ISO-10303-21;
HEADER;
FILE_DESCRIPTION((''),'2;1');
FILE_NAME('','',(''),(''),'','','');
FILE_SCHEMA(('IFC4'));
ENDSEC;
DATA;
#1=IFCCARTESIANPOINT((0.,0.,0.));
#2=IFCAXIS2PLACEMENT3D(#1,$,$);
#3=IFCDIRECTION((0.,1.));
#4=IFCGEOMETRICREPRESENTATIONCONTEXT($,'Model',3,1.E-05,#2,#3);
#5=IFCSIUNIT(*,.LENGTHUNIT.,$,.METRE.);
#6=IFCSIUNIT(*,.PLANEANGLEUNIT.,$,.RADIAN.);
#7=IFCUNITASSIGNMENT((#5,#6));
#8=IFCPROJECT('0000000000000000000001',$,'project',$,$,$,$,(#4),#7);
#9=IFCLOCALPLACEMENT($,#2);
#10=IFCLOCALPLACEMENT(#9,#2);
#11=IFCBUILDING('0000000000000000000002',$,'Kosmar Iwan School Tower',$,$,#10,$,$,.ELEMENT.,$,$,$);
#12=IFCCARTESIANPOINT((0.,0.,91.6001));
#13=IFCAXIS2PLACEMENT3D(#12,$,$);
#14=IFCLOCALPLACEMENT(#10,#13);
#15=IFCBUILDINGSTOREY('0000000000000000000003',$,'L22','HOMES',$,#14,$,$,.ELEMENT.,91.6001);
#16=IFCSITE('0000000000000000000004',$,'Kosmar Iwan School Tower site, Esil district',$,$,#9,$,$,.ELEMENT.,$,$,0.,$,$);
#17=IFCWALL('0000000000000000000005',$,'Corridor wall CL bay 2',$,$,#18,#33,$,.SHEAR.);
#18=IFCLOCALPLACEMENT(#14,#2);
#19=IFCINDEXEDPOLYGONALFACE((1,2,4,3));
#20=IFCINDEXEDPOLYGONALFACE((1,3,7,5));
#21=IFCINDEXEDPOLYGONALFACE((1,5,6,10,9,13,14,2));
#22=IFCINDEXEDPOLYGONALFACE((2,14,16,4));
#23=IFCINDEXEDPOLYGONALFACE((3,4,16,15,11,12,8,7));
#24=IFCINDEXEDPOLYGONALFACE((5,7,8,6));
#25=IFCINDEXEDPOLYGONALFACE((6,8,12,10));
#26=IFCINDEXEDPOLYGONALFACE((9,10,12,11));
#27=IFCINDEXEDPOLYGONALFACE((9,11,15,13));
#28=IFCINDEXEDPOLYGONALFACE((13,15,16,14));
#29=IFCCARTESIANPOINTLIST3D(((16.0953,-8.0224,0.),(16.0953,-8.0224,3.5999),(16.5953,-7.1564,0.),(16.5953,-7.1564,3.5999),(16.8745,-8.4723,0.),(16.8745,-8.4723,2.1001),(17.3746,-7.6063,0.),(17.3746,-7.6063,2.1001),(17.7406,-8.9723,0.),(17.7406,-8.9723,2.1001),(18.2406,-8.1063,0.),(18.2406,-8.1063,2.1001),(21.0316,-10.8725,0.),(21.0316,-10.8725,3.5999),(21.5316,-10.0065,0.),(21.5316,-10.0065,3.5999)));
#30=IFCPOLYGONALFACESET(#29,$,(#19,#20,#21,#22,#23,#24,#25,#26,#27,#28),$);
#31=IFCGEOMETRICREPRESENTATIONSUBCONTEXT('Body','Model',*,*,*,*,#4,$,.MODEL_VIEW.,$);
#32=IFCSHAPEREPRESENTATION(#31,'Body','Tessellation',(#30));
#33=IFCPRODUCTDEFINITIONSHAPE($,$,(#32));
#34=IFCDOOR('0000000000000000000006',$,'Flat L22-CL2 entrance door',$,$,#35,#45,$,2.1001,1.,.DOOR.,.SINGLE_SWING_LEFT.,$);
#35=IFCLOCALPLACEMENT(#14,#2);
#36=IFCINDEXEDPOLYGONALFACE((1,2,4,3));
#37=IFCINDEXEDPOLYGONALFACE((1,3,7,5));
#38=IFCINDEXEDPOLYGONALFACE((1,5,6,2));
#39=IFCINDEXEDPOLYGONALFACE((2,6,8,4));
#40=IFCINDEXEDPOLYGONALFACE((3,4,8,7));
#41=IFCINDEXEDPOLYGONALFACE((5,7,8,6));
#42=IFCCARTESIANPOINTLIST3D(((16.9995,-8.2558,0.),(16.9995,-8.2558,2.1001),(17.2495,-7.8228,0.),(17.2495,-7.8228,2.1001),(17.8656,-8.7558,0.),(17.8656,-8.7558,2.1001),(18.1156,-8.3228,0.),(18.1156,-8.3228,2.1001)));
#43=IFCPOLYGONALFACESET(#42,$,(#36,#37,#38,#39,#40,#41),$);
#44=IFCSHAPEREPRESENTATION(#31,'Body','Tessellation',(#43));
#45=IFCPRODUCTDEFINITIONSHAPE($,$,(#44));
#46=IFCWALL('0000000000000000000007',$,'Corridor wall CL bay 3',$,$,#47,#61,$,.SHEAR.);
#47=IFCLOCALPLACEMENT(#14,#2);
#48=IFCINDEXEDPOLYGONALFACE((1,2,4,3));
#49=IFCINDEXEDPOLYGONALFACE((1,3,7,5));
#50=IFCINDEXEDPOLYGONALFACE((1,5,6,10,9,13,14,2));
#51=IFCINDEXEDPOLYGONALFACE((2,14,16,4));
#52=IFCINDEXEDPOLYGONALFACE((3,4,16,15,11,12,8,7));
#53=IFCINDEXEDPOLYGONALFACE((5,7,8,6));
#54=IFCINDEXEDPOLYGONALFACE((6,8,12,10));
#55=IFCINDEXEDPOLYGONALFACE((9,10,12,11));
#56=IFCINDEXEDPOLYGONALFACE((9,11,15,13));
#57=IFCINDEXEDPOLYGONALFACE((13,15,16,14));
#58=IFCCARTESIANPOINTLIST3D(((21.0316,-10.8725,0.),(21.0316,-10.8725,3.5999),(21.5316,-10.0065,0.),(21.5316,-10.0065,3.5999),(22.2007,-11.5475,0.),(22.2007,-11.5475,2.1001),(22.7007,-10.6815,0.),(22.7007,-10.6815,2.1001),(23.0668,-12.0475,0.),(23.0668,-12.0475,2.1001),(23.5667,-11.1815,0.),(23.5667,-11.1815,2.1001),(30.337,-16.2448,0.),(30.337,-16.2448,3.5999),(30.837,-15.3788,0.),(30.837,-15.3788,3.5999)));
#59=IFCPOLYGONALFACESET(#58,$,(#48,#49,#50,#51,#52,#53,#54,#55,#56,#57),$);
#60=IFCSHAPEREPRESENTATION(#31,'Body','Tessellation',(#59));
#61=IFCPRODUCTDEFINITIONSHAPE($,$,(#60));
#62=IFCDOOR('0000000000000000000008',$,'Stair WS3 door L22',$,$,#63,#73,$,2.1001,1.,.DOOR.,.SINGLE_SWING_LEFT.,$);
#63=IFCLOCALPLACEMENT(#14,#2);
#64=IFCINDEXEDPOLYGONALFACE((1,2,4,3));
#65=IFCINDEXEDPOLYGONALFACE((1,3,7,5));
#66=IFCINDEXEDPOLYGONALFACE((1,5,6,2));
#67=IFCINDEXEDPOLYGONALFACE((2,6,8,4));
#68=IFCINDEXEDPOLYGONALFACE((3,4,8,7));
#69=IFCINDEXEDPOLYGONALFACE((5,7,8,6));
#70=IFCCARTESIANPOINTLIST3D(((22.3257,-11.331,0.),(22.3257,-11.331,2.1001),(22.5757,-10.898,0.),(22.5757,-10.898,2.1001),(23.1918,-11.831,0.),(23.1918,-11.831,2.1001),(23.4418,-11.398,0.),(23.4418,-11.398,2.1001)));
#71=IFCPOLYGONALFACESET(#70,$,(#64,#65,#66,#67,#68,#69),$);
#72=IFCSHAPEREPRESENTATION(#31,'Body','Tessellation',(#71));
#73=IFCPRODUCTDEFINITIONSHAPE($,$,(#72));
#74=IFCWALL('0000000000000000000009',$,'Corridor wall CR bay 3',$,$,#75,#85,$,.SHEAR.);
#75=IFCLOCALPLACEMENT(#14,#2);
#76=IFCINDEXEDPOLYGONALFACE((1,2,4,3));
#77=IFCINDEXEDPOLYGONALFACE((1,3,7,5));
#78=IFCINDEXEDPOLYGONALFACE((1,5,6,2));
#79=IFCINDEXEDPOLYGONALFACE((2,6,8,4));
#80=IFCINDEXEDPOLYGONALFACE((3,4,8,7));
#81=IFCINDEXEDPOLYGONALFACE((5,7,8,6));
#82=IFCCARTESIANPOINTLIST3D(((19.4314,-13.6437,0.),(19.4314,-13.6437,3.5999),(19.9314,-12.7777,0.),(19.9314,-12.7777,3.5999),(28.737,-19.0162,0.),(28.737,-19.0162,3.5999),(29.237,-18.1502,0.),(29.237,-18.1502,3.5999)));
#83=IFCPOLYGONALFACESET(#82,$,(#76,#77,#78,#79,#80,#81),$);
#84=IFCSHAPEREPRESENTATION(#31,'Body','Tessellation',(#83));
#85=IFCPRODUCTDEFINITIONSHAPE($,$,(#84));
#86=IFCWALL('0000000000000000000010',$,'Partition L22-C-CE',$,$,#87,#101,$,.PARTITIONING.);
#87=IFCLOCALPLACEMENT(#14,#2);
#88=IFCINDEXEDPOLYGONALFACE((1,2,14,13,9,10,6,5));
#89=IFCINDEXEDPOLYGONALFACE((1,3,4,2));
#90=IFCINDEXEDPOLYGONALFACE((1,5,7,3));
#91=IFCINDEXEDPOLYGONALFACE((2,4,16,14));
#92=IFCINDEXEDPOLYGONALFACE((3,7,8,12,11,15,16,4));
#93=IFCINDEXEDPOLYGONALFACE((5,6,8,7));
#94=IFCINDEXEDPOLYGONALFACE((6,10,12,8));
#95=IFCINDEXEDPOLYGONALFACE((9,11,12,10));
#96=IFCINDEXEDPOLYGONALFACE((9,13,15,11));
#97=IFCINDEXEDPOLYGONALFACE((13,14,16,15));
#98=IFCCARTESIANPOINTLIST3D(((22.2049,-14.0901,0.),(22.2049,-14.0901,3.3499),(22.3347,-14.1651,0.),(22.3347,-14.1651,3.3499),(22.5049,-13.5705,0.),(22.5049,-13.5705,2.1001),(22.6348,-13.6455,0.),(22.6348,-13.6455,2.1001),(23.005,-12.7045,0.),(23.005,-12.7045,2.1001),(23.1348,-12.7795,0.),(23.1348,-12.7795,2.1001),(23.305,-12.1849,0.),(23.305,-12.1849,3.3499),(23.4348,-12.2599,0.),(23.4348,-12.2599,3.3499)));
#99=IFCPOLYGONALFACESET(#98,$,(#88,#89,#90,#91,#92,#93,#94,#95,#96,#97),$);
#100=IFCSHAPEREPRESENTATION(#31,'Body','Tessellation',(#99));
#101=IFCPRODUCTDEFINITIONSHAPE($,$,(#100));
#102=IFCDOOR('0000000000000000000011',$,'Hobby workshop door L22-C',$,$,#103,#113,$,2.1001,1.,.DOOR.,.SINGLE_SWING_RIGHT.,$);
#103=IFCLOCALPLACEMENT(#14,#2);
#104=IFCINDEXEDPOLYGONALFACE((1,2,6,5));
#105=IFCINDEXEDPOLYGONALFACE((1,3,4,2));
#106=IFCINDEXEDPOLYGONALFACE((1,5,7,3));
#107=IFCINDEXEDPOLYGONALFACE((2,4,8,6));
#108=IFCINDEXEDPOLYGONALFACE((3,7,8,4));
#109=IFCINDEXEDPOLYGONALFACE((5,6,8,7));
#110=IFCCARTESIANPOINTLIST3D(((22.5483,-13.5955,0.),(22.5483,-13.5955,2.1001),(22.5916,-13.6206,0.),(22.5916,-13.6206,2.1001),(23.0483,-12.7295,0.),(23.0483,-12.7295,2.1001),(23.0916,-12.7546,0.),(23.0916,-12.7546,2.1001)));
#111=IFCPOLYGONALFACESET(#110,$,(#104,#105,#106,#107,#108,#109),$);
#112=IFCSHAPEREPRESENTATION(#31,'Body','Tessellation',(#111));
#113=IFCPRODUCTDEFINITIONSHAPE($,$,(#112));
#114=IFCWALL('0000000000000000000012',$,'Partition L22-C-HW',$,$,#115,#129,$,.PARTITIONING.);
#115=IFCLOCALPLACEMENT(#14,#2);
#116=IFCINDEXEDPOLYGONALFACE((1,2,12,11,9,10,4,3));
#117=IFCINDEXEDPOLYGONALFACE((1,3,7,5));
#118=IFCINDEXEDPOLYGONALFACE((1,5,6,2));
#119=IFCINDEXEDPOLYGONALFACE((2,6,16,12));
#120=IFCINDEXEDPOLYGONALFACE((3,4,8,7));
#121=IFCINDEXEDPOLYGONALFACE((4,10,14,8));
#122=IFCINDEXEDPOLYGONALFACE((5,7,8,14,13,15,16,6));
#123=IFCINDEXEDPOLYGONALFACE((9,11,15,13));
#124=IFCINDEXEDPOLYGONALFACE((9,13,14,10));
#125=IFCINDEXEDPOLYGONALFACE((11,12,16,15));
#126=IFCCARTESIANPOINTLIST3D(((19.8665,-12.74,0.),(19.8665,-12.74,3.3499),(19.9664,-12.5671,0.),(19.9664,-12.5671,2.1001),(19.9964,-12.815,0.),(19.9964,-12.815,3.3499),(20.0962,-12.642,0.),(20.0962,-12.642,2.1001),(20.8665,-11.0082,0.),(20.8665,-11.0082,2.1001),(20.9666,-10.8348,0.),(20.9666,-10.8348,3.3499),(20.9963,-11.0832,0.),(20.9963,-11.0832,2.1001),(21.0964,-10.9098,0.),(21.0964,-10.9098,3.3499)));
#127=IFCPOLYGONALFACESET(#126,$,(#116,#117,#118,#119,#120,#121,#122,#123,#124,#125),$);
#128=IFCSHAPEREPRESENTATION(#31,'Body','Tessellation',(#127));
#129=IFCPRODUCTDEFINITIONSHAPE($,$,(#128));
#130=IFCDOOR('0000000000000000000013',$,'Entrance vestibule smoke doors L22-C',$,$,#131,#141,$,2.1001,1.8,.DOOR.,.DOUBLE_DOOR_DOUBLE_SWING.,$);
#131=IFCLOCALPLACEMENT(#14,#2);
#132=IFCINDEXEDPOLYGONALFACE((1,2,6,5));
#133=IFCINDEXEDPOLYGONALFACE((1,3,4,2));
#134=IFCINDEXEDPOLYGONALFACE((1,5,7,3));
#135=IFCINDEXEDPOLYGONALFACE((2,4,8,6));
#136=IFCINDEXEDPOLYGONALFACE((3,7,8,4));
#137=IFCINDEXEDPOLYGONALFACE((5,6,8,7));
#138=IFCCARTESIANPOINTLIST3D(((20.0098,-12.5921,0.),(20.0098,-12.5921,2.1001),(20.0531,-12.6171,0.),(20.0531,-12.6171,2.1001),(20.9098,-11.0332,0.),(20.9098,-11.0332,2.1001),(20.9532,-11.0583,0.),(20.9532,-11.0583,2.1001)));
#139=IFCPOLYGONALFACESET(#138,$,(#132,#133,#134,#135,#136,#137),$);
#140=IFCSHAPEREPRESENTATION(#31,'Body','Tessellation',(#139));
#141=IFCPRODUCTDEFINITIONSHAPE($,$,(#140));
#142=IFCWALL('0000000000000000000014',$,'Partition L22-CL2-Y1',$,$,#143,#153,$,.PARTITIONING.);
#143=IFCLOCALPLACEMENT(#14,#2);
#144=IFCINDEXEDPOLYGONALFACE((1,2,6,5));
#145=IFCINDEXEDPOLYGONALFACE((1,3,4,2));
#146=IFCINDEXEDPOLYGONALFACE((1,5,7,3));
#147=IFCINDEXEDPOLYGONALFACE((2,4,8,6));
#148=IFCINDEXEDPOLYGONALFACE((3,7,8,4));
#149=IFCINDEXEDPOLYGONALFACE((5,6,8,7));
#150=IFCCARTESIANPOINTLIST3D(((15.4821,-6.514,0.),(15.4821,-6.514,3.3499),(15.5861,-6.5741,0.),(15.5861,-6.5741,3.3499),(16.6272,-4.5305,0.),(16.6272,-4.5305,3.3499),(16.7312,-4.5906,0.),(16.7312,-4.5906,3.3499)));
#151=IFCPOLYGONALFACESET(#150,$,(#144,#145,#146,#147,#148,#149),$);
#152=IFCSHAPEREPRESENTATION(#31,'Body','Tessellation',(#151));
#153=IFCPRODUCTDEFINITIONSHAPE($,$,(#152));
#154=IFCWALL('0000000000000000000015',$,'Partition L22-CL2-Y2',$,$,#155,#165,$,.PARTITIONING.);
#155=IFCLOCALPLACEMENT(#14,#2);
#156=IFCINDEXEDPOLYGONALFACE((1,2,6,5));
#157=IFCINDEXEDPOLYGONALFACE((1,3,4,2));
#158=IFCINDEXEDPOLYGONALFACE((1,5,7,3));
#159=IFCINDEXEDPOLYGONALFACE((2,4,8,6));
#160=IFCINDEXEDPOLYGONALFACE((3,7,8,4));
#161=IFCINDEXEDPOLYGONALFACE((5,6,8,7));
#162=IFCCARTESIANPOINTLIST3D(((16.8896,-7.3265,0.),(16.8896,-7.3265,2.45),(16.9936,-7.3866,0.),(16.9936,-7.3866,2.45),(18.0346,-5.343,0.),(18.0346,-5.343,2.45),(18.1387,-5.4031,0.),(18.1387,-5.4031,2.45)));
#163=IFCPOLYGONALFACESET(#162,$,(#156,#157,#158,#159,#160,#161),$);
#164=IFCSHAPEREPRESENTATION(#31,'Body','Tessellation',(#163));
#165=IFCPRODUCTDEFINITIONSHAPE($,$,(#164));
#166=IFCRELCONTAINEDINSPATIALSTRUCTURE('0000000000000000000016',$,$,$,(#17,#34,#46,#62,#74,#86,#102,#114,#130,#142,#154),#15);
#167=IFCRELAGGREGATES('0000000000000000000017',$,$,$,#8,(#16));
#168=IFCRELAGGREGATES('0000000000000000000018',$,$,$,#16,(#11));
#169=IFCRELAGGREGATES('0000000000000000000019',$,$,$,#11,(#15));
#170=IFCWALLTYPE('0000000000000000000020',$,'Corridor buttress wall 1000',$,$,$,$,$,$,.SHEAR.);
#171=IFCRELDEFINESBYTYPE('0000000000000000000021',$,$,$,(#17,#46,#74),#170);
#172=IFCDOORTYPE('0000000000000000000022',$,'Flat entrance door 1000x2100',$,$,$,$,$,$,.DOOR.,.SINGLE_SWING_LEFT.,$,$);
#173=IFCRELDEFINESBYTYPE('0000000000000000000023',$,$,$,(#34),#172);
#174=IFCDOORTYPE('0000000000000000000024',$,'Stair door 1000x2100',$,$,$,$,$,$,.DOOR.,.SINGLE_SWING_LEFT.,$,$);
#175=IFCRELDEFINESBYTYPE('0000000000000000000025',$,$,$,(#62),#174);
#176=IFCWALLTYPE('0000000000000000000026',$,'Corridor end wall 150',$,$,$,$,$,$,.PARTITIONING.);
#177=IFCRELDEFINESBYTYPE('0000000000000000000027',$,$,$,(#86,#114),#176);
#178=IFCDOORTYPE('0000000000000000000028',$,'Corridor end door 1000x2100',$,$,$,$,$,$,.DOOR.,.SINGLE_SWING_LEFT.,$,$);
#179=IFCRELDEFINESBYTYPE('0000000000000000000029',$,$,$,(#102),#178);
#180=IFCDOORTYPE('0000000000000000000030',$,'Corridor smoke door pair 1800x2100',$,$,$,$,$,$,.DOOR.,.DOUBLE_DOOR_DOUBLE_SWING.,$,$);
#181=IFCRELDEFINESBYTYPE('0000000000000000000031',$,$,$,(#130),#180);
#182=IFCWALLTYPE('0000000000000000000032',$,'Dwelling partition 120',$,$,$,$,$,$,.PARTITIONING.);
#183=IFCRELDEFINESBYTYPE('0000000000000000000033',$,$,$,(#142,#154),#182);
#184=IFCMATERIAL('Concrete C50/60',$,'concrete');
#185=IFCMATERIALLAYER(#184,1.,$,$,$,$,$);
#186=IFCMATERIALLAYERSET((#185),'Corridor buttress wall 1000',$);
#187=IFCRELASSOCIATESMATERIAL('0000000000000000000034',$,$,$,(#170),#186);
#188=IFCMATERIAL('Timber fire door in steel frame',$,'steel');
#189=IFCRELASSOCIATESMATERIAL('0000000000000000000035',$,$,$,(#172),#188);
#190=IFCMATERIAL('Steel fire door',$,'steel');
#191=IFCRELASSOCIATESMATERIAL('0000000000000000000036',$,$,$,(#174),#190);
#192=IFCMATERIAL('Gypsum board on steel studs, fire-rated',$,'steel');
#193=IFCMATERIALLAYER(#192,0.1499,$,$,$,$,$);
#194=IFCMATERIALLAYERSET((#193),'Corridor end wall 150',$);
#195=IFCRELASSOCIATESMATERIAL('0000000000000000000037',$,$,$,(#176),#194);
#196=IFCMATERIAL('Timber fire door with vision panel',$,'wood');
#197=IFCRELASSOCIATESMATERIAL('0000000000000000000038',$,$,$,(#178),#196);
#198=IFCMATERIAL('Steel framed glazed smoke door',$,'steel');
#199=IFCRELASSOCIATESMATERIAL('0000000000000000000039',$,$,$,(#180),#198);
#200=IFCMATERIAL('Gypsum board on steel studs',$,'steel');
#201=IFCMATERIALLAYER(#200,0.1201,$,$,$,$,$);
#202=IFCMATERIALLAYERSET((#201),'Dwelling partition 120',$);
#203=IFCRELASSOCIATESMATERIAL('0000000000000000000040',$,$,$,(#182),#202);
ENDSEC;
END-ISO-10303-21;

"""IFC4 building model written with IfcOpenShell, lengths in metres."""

from ifc_helpers import new_model, si_unit, direction, frame, frame_2d, origin, place, context, subcontext, project, spatial, rectangle, extrude, material, layer, layer_set, type_object, element, fill, save


model = new_model("IFC4")

# Units and contexts
model_context = context("Model", 3, precision=1e-05, world=origin(), true_north=direction((0.0, 1.0)))
body_context = subcontext(model_context, "Body", "Model", "MODEL_VIEW")
ifc_project = project(units=[si_unit("LENGTHUNIT", "METRE"), si_unit("PLANEANGLEUNIT", "RADIAN")], contexts=[model_context])

# Site, building, storey
site_placement = place(None, origin())
site = spatial("IfcSite", under=ifc_project, at=site_placement, Name="Kosmar Iwan School Tower site, Esil district", CompositionType="ELEMENT", RefElevation=0.0)
building_placement = place(site_placement, origin())
building = spatial("IfcBuilding", under=site, at=building_placement, Name="Kosmar Iwan School Tower", CompositionType="ELEMENT")
storey_placement = place(building_placement, frame((0.0, 0.0, 91.6001)))
storey = spatial("IfcBuildingStorey", under=building, at=storey_placement, Name="L22", Description="HOMES", CompositionType="ELEMENT", Elevation=91.6001)

# Walls, openings, doors
ifc_material_1 = material(Name="Concrete C50/60", Category="concrete")
ifc_layer_1 = layer(ifc_material_1, 1.0)
ifc_layer_set_1 = layer_set([ifc_layer_1], Name="Corridor buttress wall 1000")
wall_type_1 = type_object("IfcWallType", Name="Corridor buttress wall 1000", PredefinedType="SHEAR", material=ifc_layer_set_1)
wall_1_placement = place(storey_placement, frame((16.3452, -7.5894, 0.0), z_axis=(0.0, 0.0, 1.0), x_axis=(0.866015, -0.500018, 0.0)))
wall_1 = element("IfcWall", 1, at=wall_1_placement, inside=storey, type_object=wall_type_1, Name="Corridor wall CL bay 2", PredefinedType="SHEAR", context=body_context, shape_type="SweptSolid", body=[
    extrude(rectangle(XDim=5.7, YDim=1.0, at=frame_2d((2.8501, 0.0))), origin(), (0.0, 0.0, 1.0), 3.5999),
])
opening_1_placement = place(wall_1_placement, frame((0.8999, 0.0, 0.0)))
opening_1 = element("IfcOpeningElement", 2, at=opening_1_placement, cuts=wall_1, PredefinedType="OPENING", context=body_context, shape_type="SweptSolid", body=[
    extrude(rectangle(XDim=1.0, YDim=2.1001, at=frame_2d((0.5, 1.05))), frame((0.0, 0.512, 0.0), z_axis=(0.0, -1.0, 0.0), x_axis=(1.0, 0.0, 0.0)), (0.0, 0.0, 1.0), 1.0239),
])
ifc_material_2 = material(Name="Timber fire door in steel frame", Category="steel")
door_type_1 = type_object("IfcDoorType", Name="Flat entrance door 1000x2100", OperationType="SINGLE_SWING_LEFT", PredefinedType="DOOR", material=ifc_material_2)
door_1_placement = place(opening_1_placement, origin())
door_1 = element("IfcDoor", 3, at=door_1_placement, inside=storey, type_object=door_type_1, Name="Flat L22-CL2 entrance door", OperationType="SINGLE_SWING_LEFT", OverallHeight=2.1001, OverallWidth=1.0, PredefinedType="DOOR", context=body_context, shape_type="SweptSolid", body=[
    extrude(rectangle(XDim=1.0, YDim=2.1001, at=frame_2d((0.5, 1.05))), frame((0.0, 0.25, 0.0), z_axis=(0.0, -1.0, 0.0), x_axis=(1.0, 0.0, 0.0)), (0.0, 0.0, 1.0), 0.5),
])
fill(opening_1, door_1)
wall_2_placement = place(storey_placement, frame((21.2815, -10.4395, 0.0), z_axis=(0.0, 0.0, 1.0), x_axis=(0.866032, -0.499988, 0.0)))
wall_2 = element("IfcWall", 4, at=wall_2_placement, inside=storey, type_object=wall_type_1, Name="Corridor wall CL bay 3", PredefinedType="SHEAR", context=body_context, shape_type="SweptSolid", body=[
    extrude(rectangle(XDim=10.7449, YDim=1.0, at=frame_2d((5.3726, 0.0))), origin(), (0.0, 0.0, 1.0), 3.5999),
])
opening_2_placement = place(wall_2_placement, frame((1.3501, 0.0, 0.0)))
opening_2 = element("IfcOpeningElement", 5, at=opening_2_placement, cuts=wall_2, PredefinedType="OPENING", context=body_context, shape_type="SweptSolid", body=[
    extrude(rectangle(XDim=1.0, YDim=2.1001, at=frame_2d((0.5, 1.05))), frame((0.0, 0.512, 0.0), z_axis=(0.0, -1.0, 0.0), x_axis=(1.0, 0.0, 0.0)), (0.0, 0.0, 1.0), 1.0239),
])
ifc_material_3 = material(Name="Steel fire door", Category="steel")
door_type_2 = type_object("IfcDoorType", Name="Stair door 1000x2100", OperationType="SINGLE_SWING_LEFT", PredefinedType="DOOR", material=ifc_material_3)
door_2_placement = place(opening_2_placement, origin())
door_2 = element("IfcDoor", 6, at=door_2_placement, inside=storey, type_object=door_type_2, Name="Stair WS3 door L22", OperationType="SINGLE_SWING_LEFT", OverallHeight=2.1001, OverallWidth=1.0, PredefinedType="DOOR", context=body_context, shape_type="SweptSolid", body=[
    extrude(rectangle(XDim=1.0, YDim=2.1001, at=frame_2d((0.5, 1.05))), frame((0.0, 0.25, 0.0), z_axis=(0.0, -1.0, 0.0), x_axis=(1.0, 0.0, 0.0)), (0.0, 0.0, 1.0), 0.5),
])
fill(opening_2, door_2)

# Wall
wall_3_placement = place(storey_placement, frame((19.6814, -13.2107, 0.0), z_axis=(0.0, 0.0, 1.0), x_axis=(0.866028, -0.499995, 0.0)))
element("IfcWall", 7, at=wall_3_placement, inside=storey, type_object=wall_type_1, Name="Corridor wall CR bay 3", PredefinedType="SHEAR", context=body_context, shape_type="SweptSolid", body=[
    extrude(rectangle(XDim=10.7451, YDim=1.0, at=frame_2d((5.3726, 0.0))), origin(), (0.0, 0.0, 1.0), 3.5999),
])

# Walls, openings, doors
ifc_material_4 = material(Name="Gypsum board on steel studs, fire-rated", Category="steel")
ifc_layer_2 = layer(ifc_material_4, 0.1499)
ifc_layer_set_2 = layer_set([ifc_layer_2], Name="Corridor end wall 150")
wall_type_2 = type_object("IfcWallType", Name="Corridor end wall 150", PredefinedType="PARTITIONING", material=ifc_layer_set_2)
wall_4_placement = place(storey_placement, frame((22.2698, -14.1277, 0.0), z_axis=(0.0, 0.0, 1.0), x_axis=(0.50003, 0.866008, 0.0)))
wall_4 = element("IfcWall", 8, at=wall_4_placement, inside=storey, type_object=wall_type_2, Name="Partition L22-C-CE", PredefinedType="PARTITIONING", context=body_context, shape_type="SweptSolid", body=[
    extrude(rectangle(XDim=2.2, YDim=0.1499, at=frame_2d((1.1001, 0.0))), origin(), (0.0, 0.0, 1.0), 3.3499),
])
opening_3_placement = place(wall_4_placement, frame((0.6001, 0.0, 0.0)))
opening_3 = element("IfcOpeningElement", 9, at=opening_3_placement, cuts=wall_4, PredefinedType="OPENING", context=body_context, shape_type="SweptSolid", body=[
    extrude(rectangle(XDim=1.0, YDim=2.1001, at=frame_2d((0.5, 1.05))), frame((0.0, 0.0869, 0.0), z_axis=(0.0, -1.0, 0.0), x_axis=(1.0, 0.0, 0.0)), (0.0, 0.0, 1.0), 0.1738),
])
ifc_material_5 = material(Name="Timber fire door with vision panel", Category="wood")
door_type_3 = type_object("IfcDoorType", Name="Corridor end door 1000x2100", OperationType="SINGLE_SWING_LEFT", PredefinedType="DOOR", material=ifc_material_5)
door_3_placement = place(opening_3_placement, origin())
door_3 = element("IfcDoor", 10, at=door_3_placement, inside=storey, type_object=door_type_3, Name="Hobby workshop door L22-C", OperationType="SINGLE_SWING_RIGHT", OverallHeight=2.1001, OverallWidth=1.0, PredefinedType="DOOR", context=body_context, shape_type="SweptSolid", body=[
    extrude(rectangle(XDim=1.0, YDim=2.1001, at=frame_2d((0.5, 1.05))), frame((0.0, 0.0249, 0.0), z_axis=(0.0, -1.0, 0.0), x_axis=(1.0, 0.0, 0.0)), (0.0, 0.0, 1.0), 0.05),
])
fill(opening_3, door_3)
wall_5_placement = place(storey_placement, frame((19.9314, -12.7776, 0.0), z_axis=(0.0, 0.0, 1.0), x_axis=(0.50003, 0.866008, 0.0)))
wall_5 = element("IfcWall", 11, at=wall_5_placement, inside=storey, type_object=wall_type_2, Name="Partition L22-C-HW", PredefinedType="PARTITIONING", context=body_context, shape_type="SweptSolid", body=[
    extrude(rectangle(XDim=2.2, YDim=0.1499, at=frame_2d((1.1001, 0.0))), origin(), (0.0, 0.0, 1.0), 3.3499),
])
opening_4_placement = place(wall_5_placement, frame((0.2, 0.0, 0.0)))
opening_4 = element("IfcOpeningElement", 12, at=opening_4_placement, cuts=wall_5, PredefinedType="OPENING", context=body_context, shape_type="SweptSolid", body=[
    extrude(rectangle(XDim=1.8, YDim=2.1001, at=frame_2d((0.8999, 1.05))), frame((0.0, 0.0869, 0.0), z_axis=(0.0, -1.0, 0.0), x_axis=(1.0, 0.0, 0.0)), (0.0, 0.0, 1.0), 0.1738),
])
ifc_material_6 = material(Name="Steel framed glazed smoke door", Category="steel")
door_type_4 = type_object("IfcDoorType", Name="Corridor smoke door pair 1800x2100", OperationType="DOUBLE_DOOR_DOUBLE_SWING", PredefinedType="DOOR", material=ifc_material_6)
door_4_placement = place(opening_4_placement, origin())
door_4 = element("IfcDoor", 13, at=door_4_placement, inside=storey, type_object=door_type_4, Name="Entrance vestibule smoke doors L22-C", OperationType="DOUBLE_DOOR_DOUBLE_SWING", OverallHeight=2.1001, OverallWidth=1.8, PredefinedType="DOOR", context=body_context, shape_type="SweptSolid", body=[
    extrude(rectangle(XDim=1.8, YDim=2.1001, at=frame_2d((0.8999, 1.05))), frame((0.0, 0.0249, 0.0), z_axis=(0.0, -1.0, 0.0), x_axis=(1.0, 0.0, 0.0)), (0.0, 0.0, 1.0), 0.05),
])
fill(opening_4, door_4)

# Walls
ifc_material_7 = material(Name="Gypsum board on steel studs", Category="steel")
ifc_layer_3 = layer(ifc_material_7, 0.1201)
ifc_layer_set_3 = layer_set([ifc_layer_3], Name="Dwelling partition 120")
wall_type_3 = type_object("IfcWallType", Name="Dwelling partition 120", PredefinedType="PARTITIONING", material=ifc_layer_set_3)
wall_6_placement = place(storey_placement, frame((15.5342, -6.5439, 0.0), z_axis=(0.0, 0.0, 1.0), x_axis=(0.499969, 0.866044, 0.0)))
element("IfcWall", 14, at=wall_6_placement, inside=storey, type_object=wall_type_3, Name="Partition L22-CL2-Y1", PredefinedType="PARTITIONING", context=body_context, shape_type="SweptSolid", body=[
    extrude(rectangle(XDim=2.2903, YDim=0.1201, at=frame_2d((1.145, 0.0))), origin(), (0.0, 0.0, 1.0), 3.3499),
])
wall_7_placement = place(storey_placement, frame((16.9417, -7.3564, 0.0), z_axis=(0.0, 0.0, 1.0), x_axis=(0.499969, 0.866044, 0.0)))
element("IfcWall", 15, at=wall_7_placement, inside=storey, type_object=wall_type_3, Name="Partition L22-CL2-Y2", PredefinedType="PARTITIONING", context=body_context, shape_type="SweptSolid", body=[
    extrude(rectangle(XDim=2.2903, YDim=0.1201, at=frame_2d((1.145, 0.0))), origin(), (0.0, 0.0, 1.0), 2.45),
])

save(model, "model.ifc")
